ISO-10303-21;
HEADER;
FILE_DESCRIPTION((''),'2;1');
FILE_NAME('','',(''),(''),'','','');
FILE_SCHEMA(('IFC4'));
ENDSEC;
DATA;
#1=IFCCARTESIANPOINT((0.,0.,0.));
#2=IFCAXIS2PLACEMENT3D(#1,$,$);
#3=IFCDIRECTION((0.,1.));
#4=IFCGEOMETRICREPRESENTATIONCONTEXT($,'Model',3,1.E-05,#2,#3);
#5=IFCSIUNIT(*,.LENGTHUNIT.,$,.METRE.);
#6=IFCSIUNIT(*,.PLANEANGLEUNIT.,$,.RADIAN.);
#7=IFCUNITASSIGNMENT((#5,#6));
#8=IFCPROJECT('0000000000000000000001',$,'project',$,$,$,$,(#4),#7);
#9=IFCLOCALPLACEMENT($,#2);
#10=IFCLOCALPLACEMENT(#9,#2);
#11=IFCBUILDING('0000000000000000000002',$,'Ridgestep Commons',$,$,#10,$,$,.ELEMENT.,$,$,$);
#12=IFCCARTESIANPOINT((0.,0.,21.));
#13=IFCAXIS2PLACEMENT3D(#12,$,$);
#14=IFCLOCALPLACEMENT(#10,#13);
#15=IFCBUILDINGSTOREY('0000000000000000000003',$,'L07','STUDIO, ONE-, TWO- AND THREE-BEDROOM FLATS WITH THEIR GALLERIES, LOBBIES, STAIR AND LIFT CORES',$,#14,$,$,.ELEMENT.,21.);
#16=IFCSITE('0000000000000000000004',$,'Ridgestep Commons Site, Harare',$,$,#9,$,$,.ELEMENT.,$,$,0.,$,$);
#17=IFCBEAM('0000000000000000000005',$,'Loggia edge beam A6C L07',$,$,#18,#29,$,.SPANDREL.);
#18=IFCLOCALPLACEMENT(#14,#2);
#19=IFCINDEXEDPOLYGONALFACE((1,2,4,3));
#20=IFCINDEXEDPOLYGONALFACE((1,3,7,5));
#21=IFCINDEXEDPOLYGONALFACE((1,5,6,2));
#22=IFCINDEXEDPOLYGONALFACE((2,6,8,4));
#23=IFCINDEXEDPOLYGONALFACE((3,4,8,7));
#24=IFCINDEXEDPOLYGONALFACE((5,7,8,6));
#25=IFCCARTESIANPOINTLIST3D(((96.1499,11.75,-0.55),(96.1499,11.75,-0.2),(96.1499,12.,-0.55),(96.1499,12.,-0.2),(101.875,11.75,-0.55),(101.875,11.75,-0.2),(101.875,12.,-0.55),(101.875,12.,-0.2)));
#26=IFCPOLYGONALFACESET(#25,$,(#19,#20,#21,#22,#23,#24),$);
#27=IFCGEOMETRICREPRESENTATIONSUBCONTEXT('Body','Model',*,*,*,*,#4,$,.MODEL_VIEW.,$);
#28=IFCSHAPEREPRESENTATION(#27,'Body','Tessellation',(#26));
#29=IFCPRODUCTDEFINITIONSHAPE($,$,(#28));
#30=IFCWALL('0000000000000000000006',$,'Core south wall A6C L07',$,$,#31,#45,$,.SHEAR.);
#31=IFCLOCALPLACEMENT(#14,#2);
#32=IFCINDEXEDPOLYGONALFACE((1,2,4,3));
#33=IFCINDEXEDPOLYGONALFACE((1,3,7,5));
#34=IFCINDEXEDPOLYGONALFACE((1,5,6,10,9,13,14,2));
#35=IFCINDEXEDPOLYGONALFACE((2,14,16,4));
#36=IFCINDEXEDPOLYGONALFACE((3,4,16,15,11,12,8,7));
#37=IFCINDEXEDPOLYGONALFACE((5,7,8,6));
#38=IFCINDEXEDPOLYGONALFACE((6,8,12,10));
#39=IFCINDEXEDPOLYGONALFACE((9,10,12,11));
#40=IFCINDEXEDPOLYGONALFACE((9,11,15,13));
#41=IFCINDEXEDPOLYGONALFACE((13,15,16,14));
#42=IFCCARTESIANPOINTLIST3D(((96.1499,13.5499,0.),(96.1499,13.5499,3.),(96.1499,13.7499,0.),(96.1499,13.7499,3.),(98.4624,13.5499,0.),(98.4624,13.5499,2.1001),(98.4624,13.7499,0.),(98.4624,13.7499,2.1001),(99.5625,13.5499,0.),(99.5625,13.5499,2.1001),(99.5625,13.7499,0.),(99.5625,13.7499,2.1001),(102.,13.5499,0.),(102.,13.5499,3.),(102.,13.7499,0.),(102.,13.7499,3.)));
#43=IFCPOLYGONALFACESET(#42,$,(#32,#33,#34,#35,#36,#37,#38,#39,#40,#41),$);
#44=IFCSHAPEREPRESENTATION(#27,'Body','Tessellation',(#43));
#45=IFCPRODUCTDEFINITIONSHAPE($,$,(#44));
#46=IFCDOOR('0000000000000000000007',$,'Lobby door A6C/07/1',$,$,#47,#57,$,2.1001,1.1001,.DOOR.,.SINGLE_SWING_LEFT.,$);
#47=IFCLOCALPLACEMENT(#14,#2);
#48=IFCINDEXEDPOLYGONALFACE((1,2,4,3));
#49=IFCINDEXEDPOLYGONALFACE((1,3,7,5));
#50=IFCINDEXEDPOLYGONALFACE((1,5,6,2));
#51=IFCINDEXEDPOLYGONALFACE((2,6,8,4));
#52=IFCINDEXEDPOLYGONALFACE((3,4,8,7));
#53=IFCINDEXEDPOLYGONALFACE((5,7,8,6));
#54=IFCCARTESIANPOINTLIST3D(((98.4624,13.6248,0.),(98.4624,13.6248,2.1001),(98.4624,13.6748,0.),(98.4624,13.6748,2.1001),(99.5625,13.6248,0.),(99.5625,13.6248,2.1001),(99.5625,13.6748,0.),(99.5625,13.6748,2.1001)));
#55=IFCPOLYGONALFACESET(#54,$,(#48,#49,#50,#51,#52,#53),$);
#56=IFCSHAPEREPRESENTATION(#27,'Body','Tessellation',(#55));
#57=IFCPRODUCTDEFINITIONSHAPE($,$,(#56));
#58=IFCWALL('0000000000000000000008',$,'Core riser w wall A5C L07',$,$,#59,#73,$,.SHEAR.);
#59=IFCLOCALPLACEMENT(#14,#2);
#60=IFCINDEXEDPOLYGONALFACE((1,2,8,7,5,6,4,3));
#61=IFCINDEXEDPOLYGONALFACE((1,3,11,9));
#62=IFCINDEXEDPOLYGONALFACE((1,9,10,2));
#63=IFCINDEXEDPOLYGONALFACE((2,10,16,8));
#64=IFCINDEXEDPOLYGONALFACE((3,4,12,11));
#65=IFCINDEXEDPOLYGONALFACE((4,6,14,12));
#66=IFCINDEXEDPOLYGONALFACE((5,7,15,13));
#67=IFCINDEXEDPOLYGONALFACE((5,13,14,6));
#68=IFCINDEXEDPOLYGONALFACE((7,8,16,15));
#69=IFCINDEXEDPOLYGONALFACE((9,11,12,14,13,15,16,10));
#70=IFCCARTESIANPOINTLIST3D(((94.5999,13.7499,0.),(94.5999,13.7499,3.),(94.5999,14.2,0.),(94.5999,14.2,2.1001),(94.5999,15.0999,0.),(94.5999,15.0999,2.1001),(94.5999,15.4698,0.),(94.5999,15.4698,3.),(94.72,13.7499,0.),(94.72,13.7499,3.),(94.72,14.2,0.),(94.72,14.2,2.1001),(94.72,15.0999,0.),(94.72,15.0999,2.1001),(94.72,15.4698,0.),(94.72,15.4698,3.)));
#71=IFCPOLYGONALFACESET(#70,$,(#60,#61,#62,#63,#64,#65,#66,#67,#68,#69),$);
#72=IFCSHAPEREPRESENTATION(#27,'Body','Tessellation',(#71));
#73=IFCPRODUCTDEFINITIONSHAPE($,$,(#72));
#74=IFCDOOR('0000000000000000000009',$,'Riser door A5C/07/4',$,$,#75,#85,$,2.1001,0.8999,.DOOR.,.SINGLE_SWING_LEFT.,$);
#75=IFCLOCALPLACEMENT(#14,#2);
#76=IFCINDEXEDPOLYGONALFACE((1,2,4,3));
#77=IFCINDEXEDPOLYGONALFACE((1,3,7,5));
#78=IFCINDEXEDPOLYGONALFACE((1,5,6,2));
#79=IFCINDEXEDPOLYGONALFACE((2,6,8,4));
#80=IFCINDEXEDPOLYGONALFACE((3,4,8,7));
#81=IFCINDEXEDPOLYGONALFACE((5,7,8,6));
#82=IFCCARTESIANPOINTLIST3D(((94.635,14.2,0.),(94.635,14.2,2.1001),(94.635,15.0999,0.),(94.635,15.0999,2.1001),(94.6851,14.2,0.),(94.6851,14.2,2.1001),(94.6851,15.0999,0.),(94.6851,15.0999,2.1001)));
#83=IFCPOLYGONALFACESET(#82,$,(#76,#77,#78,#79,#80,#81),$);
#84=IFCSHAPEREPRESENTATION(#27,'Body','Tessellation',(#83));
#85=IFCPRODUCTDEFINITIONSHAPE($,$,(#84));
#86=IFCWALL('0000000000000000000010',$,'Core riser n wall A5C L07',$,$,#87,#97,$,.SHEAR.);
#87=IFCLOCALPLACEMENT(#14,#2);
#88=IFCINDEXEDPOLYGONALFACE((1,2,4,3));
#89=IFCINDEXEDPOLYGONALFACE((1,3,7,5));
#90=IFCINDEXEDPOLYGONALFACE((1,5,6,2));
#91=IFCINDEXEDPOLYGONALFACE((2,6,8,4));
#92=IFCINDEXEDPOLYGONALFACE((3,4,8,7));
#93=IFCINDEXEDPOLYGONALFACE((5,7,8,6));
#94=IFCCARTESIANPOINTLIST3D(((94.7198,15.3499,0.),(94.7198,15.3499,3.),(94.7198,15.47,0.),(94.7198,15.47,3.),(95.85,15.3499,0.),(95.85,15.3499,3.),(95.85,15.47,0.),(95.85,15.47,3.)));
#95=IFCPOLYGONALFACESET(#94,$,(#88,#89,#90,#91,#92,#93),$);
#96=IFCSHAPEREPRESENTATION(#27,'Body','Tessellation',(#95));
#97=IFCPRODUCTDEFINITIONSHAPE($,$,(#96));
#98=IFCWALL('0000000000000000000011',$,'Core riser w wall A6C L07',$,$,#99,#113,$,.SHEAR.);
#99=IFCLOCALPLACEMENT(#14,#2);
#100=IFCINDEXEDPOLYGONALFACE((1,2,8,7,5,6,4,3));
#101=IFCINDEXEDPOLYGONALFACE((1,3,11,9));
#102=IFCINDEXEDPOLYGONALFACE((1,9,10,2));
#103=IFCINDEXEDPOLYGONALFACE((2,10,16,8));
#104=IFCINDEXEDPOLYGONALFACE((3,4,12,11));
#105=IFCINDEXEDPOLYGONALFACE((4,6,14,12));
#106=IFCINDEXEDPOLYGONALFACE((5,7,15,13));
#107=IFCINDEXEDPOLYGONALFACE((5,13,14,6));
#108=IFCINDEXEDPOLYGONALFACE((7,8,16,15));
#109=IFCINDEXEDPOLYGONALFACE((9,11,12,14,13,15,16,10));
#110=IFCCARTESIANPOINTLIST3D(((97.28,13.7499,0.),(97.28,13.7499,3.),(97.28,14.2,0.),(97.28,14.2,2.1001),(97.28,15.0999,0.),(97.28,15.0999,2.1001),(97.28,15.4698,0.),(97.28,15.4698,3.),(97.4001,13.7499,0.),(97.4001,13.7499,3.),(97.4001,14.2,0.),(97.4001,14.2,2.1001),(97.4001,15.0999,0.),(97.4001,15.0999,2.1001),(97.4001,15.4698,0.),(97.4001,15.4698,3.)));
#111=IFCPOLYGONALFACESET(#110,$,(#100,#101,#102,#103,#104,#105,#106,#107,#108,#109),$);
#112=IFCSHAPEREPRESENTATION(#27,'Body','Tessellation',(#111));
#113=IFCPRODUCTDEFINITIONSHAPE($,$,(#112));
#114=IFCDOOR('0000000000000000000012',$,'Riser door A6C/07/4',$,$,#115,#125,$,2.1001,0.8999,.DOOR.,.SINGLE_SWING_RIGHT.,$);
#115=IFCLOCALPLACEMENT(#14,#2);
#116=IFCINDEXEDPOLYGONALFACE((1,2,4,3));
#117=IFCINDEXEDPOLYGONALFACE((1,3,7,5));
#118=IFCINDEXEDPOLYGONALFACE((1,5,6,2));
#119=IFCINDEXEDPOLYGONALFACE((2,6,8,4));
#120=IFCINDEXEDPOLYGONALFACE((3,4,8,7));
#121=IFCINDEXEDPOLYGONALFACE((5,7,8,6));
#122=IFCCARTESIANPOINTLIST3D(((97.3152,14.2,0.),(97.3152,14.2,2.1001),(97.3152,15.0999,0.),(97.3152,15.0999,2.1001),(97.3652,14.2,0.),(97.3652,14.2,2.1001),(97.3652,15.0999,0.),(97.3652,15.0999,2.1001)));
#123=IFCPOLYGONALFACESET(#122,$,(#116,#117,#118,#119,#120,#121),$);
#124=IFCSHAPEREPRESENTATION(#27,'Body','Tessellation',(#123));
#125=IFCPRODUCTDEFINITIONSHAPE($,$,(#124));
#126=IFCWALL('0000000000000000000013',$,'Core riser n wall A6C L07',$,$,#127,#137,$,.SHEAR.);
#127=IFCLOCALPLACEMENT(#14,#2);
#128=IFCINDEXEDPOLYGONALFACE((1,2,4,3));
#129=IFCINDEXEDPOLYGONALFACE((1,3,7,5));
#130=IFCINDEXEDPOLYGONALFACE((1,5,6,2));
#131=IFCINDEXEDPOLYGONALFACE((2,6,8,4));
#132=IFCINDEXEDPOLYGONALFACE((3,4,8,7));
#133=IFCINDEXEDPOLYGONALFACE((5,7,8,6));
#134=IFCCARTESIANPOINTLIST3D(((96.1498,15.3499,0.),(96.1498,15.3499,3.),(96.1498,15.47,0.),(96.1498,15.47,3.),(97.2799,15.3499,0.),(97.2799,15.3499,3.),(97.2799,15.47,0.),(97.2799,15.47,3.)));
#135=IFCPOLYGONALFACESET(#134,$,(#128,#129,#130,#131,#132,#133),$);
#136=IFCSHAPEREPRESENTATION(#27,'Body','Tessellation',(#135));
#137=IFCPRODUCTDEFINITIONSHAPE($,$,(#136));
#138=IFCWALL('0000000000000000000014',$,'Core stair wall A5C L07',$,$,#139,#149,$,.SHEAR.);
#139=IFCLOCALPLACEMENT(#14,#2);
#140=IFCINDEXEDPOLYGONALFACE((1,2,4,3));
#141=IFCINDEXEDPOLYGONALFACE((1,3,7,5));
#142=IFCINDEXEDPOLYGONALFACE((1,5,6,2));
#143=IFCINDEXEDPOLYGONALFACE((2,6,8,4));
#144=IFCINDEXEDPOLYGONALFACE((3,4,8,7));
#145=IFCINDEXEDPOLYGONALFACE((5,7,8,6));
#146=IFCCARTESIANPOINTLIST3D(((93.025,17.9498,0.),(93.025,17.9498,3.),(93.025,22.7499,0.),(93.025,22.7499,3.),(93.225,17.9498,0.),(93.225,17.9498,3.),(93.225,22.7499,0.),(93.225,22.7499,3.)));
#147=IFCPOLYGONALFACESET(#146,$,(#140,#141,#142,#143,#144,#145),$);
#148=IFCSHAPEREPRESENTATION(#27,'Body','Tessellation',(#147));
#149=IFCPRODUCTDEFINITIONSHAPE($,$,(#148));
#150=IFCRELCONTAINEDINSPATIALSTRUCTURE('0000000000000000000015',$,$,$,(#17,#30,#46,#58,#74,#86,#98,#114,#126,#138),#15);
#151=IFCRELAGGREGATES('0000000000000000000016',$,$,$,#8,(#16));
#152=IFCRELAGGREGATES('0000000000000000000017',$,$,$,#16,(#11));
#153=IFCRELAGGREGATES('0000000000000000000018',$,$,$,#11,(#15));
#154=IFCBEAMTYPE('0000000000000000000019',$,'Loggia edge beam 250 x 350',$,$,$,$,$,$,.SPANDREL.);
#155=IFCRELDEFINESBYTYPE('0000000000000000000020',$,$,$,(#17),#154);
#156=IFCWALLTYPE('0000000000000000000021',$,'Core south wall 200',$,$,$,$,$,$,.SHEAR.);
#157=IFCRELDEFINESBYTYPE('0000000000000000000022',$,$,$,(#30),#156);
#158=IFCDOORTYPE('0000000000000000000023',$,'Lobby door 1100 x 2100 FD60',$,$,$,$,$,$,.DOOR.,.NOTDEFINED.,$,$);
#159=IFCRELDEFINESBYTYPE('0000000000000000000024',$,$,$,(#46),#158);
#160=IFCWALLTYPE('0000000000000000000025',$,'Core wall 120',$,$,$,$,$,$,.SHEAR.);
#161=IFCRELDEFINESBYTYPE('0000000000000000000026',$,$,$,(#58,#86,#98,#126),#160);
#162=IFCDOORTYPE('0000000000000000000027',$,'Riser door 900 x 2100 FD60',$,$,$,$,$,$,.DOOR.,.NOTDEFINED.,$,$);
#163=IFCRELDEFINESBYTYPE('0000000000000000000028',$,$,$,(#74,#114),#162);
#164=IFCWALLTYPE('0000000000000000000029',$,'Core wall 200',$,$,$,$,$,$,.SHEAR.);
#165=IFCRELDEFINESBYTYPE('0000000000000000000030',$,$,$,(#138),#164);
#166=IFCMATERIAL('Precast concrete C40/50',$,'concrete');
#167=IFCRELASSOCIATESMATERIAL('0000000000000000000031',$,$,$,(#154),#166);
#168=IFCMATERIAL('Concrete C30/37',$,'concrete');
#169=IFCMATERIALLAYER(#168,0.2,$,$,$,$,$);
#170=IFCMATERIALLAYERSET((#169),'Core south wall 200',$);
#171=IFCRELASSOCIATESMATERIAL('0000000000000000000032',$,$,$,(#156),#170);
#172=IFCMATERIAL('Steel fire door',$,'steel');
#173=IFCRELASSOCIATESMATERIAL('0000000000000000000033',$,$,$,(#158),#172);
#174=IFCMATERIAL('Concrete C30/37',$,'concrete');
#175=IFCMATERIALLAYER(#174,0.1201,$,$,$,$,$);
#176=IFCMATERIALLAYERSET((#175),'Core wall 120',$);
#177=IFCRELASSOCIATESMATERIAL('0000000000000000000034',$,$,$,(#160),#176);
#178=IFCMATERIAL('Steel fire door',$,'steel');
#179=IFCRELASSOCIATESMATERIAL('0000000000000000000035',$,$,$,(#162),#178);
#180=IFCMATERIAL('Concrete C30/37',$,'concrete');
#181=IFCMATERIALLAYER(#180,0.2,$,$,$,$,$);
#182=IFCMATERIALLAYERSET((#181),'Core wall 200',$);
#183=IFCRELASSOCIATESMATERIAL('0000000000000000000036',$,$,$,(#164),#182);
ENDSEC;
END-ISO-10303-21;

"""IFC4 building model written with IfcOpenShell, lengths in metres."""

from ifc_helpers import new_model, si_unit, direction, frame, frame_2d, origin, origin_2d, place, context, subcontext, project, spatial, rectangle, extrude, material, layer, layer_set, material_profile, profile_set, type_object, element, fill, save


model = new_model("IFC4")

# Units and contexts
model_context = context("Model", 3, precision=1e-05, world=origin(), true_north=direction((0.0, 1.0)))
body_context = subcontext(model_context, "Body", "Model", "MODEL_VIEW")
ifc_project = project(units=[si_unit("LENGTHUNIT", "METRE"), si_unit("PLANEANGLEUNIT", "RADIAN")], contexts=[model_context])

# Site, building, storey
site_placement = place(None, origin())
site = spatial("IfcSite", under=ifc_project, at=site_placement, Name="Ridgestep Commons Site, Harare", CompositionType="ELEMENT", RefElevation=0.0)
building_placement = place(site_placement, origin())
building = spatial("IfcBuilding", under=site, at=building_placement, Name="Ridgestep Commons", CompositionType="ELEMENT")
storey_placement = place(building_placement, frame((0.0, 0.0, 21.0)))
storey = spatial("IfcBuildingStorey", under=building, at=storey_placement, Name="L07", Description="STUDIO, ONE-, TWO- AND THREE-BEDROOM FLATS WITH THEIR GALLERIES, LOBBIES, STAIR AND LIFT CORES", CompositionType="ELEMENT", Elevation=21.0)

# Beam
ifc_material_1 = material(Name="Precast concrete C40/50", Category="concrete")
ifc_material_profile = material_profile(ifc_material_1, rectangle(XDim=0.25, YDim=0.3501, at=origin_2d()), Name="PC 250x350")
ifc_profile_set = profile_set([ifc_material_profile], Name="Precast concrete C40/50")
beam_type = type_object("IfcBeamType", Name="Loggia edge beam 250 x 350", PredefinedType="SPANDREL", material=ifc_profile_set)
beam_placement = place(storey_placement, frame((96.1499, 11.875, -0.375), z_axis=(1.0, 0.0, 0.0), x_axis=(0.0, 1.0, 0.0)))
element("IfcBeam", 1, at=beam_placement, inside=storey, type_object=beam_type, Name="Loggia edge beam A6C L07", PredefinedType="SPANDREL", context=body_context, shape_type="SweptSolid", body=[
    extrude(rectangle(XDim=0.25, YDim=0.3501, at=origin_2d()), origin(), (0.0, 0.0, 1.0), 5.7251),
])

# Walls, openings, doors
ifc_material_2 = material(Name="Concrete C30/37", Category="concrete")
ifc_layer_1 = layer(ifc_material_2, 0.2)
ifc_layer_set_1 = layer_set([ifc_layer_1], Name="Core south wall 200")
wall_type_1 = type_object("IfcWallType", Name="Core south wall 200", PredefinedType="SHEAR", material=ifc_layer_set_1)
wall_1_placement = place(storey_placement, frame((96.1499, 13.6499, 0.0), z_axis=(0.0, 0.0, 1.0), x_axis=(1.0, 0.0, 0.0)))
wall_1 = element("IfcWall", 2, at=wall_1_placement, inside=storey, type_object=wall_type_1, Name="Core south wall A6C L07", PredefinedType="SHEAR", context=body_context, shape_type="SweptSolid", body=[
    extrude(rectangle(XDim=5.8501, YDim=0.2, at=frame_2d((2.925, 0.0))), origin(), (0.0, 0.0, 1.0), 3.0),
])
opening_1_placement = place(wall_1_placement, frame((2.3125, 0.0, 0.0)))
opening_1 = element("IfcOpeningElement", 3, at=opening_1_placement, cuts=wall_1, PredefinedType="OPENING", context=body_context, shape_type="SweptSolid", body=[
    extrude(rectangle(XDim=1.1001, YDim=2.1001, at=frame_2d((0.55, 1.05))), frame((0.0, 0.1099, 0.0), z_axis=(0.0, -1.0, 0.0), x_axis=(1.0, 0.0, 0.0)), (0.0, 0.0, 1.0), 0.22),
])
ifc_material_3 = material(Name="Steel fire door", Category="steel")
door_type_1 = type_object("IfcDoorType", Name="Lobby door 1100 x 2100 FD60", OperationType="NOTDEFINED", PredefinedType="DOOR", material=ifc_material_3)
door_1_placement = place(opening_1_placement, origin())
door_1 = element("IfcDoor", 4, at=door_1_placement, inside=storey, type_object=door_type_1, Name="Lobby door A6C/07/1", OperationType="SINGLE_SWING_LEFT", OverallHeight=2.1001, OverallWidth=1.1001, PredefinedType="DOOR", context=body_context, shape_type="SweptSolid", body=[
    extrude(rectangle(XDim=1.1001, YDim=2.1001, at=frame_2d((0.55, 1.05))), frame((0.0, 0.0249, 0.0), z_axis=(0.0, -1.0, 0.0), x_axis=(1.0, 0.0, 0.0)), (0.0, 0.0, 1.0), 0.05),
])
fill(opening_1, door_1)
ifc_material_4 = material(Name="Concrete C30/37", Category="concrete")
ifc_layer_2 = layer(ifc_material_4, 0.1201)
ifc_layer_set_2 = layer_set([ifc_layer_2], Name="Core wall 120")
wall_type_2 = type_object("IfcWallType", Name="Core wall 120", PredefinedType="SHEAR", material=ifc_layer_set_2)
wall_2_placement = place(storey_placement, frame((94.6599, 13.75, 0.0), z_axis=(0.0, 0.0, 1.0), x_axis=(0.0, 1.0, 0.0)))
wall_2 = element("IfcWall", 5, at=wall_2_placement, inside=storey, type_object=wall_type_2, Name="Core riser w wall A5C L07", PredefinedType="SHEAR", context=body_context, shape_type="SweptSolid", body=[
    extrude(rectangle(XDim=1.72, YDim=0.1201, at=frame_2d((0.8599, 0.0))), origin(), (0.0, 0.0, 1.0), 3.0),
])
opening_2_placement = place(wall_2_placement, frame((0.45, 0.0, 0.0)))
opening_2 = element("IfcOpeningElement", 6, at=opening_2_placement, cuts=wall_2, PredefinedType="OPENING", context=body_context, shape_type="SweptSolid", body=[
    extrude(rectangle(XDim=0.8999, YDim=2.1001, at=frame_2d((0.45, 1.05))), frame((0.0, 0.0701, 0.0), z_axis=(0.0, -1.0, 0.0), x_axis=(1.0, 0.0, 0.0)), (0.0, 0.0, 1.0), 0.1401),
])
ifc_material_5 = material(Name="Steel fire door", Category="steel")
door_type_2 = type_object("IfcDoorType", Name="Riser door 900 x 2100 FD60", OperationType="NOTDEFINED", PredefinedType="DOOR", material=ifc_material_5)
door_2_placement = place(opening_2_placement, origin())
door_2 = element("IfcDoor", 7, at=door_2_placement, inside=storey, type_object=door_type_2, Name="Riser door A5C/07/4", OperationType="SINGLE_SWING_LEFT", OverallHeight=2.1001, OverallWidth=0.8999, PredefinedType="DOOR", context=body_context, shape_type="SweptSolid", body=[
    extrude(rectangle(XDim=0.8999, YDim=2.1001, at=frame_2d((0.45, 1.05))), frame((0.0, 0.0249, 0.0), z_axis=(0.0, -1.0, 0.0), x_axis=(1.0, 0.0, 0.0)), (0.0, 0.0, 1.0), 0.05),
])
fill(opening_2, door_2)

# Wall
wall_3_placement = place(storey_placement, frame((94.72, 15.4099, 0.0), z_axis=(0.0, 0.0, 1.0), x_axis=(1.0, 0.0, 0.0)))
element("IfcWall", 8, at=wall_3_placement, inside=storey, type_object=wall_type_2, Name="Core riser n wall A5C L07", PredefinedType="SHEAR", context=body_context, shape_type="SweptSolid", body=[
    extrude(rectangle(XDim=1.1301, YDim=0.1201, at=frame_2d((0.5649, 0.0))), origin(), (0.0, 0.0, 1.0), 3.0),
])

# Wall, opening, door
wall_4_placement = place(storey_placement, frame((97.3401, 13.75, 0.0), z_axis=(0.0, 0.0, 1.0), x_axis=(0.0, 1.0, 0.0)))
wall_4 = element("IfcWall", 9, at=wall_4_placement, inside=storey, type_object=wall_type_2, Name="Core riser w wall A6C L07", PredefinedType="SHEAR", context=body_context, shape_type="SweptSolid", body=[
    extrude(rectangle(XDim=1.72, YDim=0.1201, at=frame_2d((0.8599, 0.0))), origin(), (0.0, 0.0, 1.0), 3.0),
])
opening_3_placement = place(wall_4_placement, frame((0.45, 0.0, 0.0)))
opening_3 = element("IfcOpeningElement", 10, at=opening_3_placement, cuts=wall_4, PredefinedType="OPENING", context=body_context, shape_type="SweptSolid", body=[
    extrude(rectangle(XDim=0.8999, YDim=2.1001, at=frame_2d((0.45, 1.05))), frame((0.0, 0.0701, 0.0), z_axis=(0.0, -1.0, 0.0), x_axis=(1.0, 0.0, 0.0)), (0.0, 0.0, 1.0), 0.1401),
])
door_3_placement = place(opening_3_placement, origin())
door_3 = element("IfcDoor", 11, at=door_3_placement, inside=storey, type_object=door_type_2, Name="Riser door A6C/07/4", OperationType="SINGLE_SWING_RIGHT", OverallHeight=2.1001, OverallWidth=0.8999, PredefinedType="DOOR", context=body_context, shape_type="SweptSolid", body=[
    extrude(rectangle(XDim=0.8999, YDim=2.1001, at=frame_2d((0.45, 1.05))), frame((0.0, 0.0249, 0.0), z_axis=(0.0, -1.0, 0.0), x_axis=(1.0, 0.0, 0.0)), (0.0, 0.0, 1.0), 0.05),
])
fill(opening_3, door_3)

# Walls
wall_5_placement = place(storey_placement, frame((96.1499, 15.4099, 0.0), z_axis=(0.0, 0.0, 1.0), x_axis=(1.0, 0.0, 0.0)))
element("IfcWall", 12, at=wall_5_placement, inside=storey, type_object=wall_type_2, Name="Core riser n wall A6C L07", PredefinedType="SHEAR", context=body_context, shape_type="SweptSolid", body=[
    extrude(rectangle(XDim=1.1301, YDim=0.1201, at=frame_2d((0.5649, 0.0))), origin(), (0.0, 0.0, 1.0), 3.0),
])
ifc_material_6 = material(Name="Concrete C30/37", Category="concrete")
ifc_layer_3 = layer(ifc_material_6, 0.2)
ifc_layer_set_3 = layer_set([ifc_layer_3], Name="Core wall 200")
wall_type_3 = type_object("IfcWallType", Name="Core wall 200", PredefinedType="SHEAR", material=ifc_layer_set_3)
wall_6_placement = place(storey_placement, frame((93.125, 17.95, 0.0), z_axis=(0.0, 0.0, 1.0), x_axis=(0.0, 1.0, 0.0)))
element("IfcWall", 13, at=wall_6_placement, inside=storey, type_object=wall_type_3, Name="Core stair wall A5C L07", PredefinedType="SHEAR", context=body_context, shape_type="SweptSolid", body=[
    extrude(rectangle(XDim=4.8, YDim=0.2, at=frame_2d((2.3999, 0.0))), origin(), (0.0, 0.0, 1.0), 3.0),
])

save(model, "model.ifc")
